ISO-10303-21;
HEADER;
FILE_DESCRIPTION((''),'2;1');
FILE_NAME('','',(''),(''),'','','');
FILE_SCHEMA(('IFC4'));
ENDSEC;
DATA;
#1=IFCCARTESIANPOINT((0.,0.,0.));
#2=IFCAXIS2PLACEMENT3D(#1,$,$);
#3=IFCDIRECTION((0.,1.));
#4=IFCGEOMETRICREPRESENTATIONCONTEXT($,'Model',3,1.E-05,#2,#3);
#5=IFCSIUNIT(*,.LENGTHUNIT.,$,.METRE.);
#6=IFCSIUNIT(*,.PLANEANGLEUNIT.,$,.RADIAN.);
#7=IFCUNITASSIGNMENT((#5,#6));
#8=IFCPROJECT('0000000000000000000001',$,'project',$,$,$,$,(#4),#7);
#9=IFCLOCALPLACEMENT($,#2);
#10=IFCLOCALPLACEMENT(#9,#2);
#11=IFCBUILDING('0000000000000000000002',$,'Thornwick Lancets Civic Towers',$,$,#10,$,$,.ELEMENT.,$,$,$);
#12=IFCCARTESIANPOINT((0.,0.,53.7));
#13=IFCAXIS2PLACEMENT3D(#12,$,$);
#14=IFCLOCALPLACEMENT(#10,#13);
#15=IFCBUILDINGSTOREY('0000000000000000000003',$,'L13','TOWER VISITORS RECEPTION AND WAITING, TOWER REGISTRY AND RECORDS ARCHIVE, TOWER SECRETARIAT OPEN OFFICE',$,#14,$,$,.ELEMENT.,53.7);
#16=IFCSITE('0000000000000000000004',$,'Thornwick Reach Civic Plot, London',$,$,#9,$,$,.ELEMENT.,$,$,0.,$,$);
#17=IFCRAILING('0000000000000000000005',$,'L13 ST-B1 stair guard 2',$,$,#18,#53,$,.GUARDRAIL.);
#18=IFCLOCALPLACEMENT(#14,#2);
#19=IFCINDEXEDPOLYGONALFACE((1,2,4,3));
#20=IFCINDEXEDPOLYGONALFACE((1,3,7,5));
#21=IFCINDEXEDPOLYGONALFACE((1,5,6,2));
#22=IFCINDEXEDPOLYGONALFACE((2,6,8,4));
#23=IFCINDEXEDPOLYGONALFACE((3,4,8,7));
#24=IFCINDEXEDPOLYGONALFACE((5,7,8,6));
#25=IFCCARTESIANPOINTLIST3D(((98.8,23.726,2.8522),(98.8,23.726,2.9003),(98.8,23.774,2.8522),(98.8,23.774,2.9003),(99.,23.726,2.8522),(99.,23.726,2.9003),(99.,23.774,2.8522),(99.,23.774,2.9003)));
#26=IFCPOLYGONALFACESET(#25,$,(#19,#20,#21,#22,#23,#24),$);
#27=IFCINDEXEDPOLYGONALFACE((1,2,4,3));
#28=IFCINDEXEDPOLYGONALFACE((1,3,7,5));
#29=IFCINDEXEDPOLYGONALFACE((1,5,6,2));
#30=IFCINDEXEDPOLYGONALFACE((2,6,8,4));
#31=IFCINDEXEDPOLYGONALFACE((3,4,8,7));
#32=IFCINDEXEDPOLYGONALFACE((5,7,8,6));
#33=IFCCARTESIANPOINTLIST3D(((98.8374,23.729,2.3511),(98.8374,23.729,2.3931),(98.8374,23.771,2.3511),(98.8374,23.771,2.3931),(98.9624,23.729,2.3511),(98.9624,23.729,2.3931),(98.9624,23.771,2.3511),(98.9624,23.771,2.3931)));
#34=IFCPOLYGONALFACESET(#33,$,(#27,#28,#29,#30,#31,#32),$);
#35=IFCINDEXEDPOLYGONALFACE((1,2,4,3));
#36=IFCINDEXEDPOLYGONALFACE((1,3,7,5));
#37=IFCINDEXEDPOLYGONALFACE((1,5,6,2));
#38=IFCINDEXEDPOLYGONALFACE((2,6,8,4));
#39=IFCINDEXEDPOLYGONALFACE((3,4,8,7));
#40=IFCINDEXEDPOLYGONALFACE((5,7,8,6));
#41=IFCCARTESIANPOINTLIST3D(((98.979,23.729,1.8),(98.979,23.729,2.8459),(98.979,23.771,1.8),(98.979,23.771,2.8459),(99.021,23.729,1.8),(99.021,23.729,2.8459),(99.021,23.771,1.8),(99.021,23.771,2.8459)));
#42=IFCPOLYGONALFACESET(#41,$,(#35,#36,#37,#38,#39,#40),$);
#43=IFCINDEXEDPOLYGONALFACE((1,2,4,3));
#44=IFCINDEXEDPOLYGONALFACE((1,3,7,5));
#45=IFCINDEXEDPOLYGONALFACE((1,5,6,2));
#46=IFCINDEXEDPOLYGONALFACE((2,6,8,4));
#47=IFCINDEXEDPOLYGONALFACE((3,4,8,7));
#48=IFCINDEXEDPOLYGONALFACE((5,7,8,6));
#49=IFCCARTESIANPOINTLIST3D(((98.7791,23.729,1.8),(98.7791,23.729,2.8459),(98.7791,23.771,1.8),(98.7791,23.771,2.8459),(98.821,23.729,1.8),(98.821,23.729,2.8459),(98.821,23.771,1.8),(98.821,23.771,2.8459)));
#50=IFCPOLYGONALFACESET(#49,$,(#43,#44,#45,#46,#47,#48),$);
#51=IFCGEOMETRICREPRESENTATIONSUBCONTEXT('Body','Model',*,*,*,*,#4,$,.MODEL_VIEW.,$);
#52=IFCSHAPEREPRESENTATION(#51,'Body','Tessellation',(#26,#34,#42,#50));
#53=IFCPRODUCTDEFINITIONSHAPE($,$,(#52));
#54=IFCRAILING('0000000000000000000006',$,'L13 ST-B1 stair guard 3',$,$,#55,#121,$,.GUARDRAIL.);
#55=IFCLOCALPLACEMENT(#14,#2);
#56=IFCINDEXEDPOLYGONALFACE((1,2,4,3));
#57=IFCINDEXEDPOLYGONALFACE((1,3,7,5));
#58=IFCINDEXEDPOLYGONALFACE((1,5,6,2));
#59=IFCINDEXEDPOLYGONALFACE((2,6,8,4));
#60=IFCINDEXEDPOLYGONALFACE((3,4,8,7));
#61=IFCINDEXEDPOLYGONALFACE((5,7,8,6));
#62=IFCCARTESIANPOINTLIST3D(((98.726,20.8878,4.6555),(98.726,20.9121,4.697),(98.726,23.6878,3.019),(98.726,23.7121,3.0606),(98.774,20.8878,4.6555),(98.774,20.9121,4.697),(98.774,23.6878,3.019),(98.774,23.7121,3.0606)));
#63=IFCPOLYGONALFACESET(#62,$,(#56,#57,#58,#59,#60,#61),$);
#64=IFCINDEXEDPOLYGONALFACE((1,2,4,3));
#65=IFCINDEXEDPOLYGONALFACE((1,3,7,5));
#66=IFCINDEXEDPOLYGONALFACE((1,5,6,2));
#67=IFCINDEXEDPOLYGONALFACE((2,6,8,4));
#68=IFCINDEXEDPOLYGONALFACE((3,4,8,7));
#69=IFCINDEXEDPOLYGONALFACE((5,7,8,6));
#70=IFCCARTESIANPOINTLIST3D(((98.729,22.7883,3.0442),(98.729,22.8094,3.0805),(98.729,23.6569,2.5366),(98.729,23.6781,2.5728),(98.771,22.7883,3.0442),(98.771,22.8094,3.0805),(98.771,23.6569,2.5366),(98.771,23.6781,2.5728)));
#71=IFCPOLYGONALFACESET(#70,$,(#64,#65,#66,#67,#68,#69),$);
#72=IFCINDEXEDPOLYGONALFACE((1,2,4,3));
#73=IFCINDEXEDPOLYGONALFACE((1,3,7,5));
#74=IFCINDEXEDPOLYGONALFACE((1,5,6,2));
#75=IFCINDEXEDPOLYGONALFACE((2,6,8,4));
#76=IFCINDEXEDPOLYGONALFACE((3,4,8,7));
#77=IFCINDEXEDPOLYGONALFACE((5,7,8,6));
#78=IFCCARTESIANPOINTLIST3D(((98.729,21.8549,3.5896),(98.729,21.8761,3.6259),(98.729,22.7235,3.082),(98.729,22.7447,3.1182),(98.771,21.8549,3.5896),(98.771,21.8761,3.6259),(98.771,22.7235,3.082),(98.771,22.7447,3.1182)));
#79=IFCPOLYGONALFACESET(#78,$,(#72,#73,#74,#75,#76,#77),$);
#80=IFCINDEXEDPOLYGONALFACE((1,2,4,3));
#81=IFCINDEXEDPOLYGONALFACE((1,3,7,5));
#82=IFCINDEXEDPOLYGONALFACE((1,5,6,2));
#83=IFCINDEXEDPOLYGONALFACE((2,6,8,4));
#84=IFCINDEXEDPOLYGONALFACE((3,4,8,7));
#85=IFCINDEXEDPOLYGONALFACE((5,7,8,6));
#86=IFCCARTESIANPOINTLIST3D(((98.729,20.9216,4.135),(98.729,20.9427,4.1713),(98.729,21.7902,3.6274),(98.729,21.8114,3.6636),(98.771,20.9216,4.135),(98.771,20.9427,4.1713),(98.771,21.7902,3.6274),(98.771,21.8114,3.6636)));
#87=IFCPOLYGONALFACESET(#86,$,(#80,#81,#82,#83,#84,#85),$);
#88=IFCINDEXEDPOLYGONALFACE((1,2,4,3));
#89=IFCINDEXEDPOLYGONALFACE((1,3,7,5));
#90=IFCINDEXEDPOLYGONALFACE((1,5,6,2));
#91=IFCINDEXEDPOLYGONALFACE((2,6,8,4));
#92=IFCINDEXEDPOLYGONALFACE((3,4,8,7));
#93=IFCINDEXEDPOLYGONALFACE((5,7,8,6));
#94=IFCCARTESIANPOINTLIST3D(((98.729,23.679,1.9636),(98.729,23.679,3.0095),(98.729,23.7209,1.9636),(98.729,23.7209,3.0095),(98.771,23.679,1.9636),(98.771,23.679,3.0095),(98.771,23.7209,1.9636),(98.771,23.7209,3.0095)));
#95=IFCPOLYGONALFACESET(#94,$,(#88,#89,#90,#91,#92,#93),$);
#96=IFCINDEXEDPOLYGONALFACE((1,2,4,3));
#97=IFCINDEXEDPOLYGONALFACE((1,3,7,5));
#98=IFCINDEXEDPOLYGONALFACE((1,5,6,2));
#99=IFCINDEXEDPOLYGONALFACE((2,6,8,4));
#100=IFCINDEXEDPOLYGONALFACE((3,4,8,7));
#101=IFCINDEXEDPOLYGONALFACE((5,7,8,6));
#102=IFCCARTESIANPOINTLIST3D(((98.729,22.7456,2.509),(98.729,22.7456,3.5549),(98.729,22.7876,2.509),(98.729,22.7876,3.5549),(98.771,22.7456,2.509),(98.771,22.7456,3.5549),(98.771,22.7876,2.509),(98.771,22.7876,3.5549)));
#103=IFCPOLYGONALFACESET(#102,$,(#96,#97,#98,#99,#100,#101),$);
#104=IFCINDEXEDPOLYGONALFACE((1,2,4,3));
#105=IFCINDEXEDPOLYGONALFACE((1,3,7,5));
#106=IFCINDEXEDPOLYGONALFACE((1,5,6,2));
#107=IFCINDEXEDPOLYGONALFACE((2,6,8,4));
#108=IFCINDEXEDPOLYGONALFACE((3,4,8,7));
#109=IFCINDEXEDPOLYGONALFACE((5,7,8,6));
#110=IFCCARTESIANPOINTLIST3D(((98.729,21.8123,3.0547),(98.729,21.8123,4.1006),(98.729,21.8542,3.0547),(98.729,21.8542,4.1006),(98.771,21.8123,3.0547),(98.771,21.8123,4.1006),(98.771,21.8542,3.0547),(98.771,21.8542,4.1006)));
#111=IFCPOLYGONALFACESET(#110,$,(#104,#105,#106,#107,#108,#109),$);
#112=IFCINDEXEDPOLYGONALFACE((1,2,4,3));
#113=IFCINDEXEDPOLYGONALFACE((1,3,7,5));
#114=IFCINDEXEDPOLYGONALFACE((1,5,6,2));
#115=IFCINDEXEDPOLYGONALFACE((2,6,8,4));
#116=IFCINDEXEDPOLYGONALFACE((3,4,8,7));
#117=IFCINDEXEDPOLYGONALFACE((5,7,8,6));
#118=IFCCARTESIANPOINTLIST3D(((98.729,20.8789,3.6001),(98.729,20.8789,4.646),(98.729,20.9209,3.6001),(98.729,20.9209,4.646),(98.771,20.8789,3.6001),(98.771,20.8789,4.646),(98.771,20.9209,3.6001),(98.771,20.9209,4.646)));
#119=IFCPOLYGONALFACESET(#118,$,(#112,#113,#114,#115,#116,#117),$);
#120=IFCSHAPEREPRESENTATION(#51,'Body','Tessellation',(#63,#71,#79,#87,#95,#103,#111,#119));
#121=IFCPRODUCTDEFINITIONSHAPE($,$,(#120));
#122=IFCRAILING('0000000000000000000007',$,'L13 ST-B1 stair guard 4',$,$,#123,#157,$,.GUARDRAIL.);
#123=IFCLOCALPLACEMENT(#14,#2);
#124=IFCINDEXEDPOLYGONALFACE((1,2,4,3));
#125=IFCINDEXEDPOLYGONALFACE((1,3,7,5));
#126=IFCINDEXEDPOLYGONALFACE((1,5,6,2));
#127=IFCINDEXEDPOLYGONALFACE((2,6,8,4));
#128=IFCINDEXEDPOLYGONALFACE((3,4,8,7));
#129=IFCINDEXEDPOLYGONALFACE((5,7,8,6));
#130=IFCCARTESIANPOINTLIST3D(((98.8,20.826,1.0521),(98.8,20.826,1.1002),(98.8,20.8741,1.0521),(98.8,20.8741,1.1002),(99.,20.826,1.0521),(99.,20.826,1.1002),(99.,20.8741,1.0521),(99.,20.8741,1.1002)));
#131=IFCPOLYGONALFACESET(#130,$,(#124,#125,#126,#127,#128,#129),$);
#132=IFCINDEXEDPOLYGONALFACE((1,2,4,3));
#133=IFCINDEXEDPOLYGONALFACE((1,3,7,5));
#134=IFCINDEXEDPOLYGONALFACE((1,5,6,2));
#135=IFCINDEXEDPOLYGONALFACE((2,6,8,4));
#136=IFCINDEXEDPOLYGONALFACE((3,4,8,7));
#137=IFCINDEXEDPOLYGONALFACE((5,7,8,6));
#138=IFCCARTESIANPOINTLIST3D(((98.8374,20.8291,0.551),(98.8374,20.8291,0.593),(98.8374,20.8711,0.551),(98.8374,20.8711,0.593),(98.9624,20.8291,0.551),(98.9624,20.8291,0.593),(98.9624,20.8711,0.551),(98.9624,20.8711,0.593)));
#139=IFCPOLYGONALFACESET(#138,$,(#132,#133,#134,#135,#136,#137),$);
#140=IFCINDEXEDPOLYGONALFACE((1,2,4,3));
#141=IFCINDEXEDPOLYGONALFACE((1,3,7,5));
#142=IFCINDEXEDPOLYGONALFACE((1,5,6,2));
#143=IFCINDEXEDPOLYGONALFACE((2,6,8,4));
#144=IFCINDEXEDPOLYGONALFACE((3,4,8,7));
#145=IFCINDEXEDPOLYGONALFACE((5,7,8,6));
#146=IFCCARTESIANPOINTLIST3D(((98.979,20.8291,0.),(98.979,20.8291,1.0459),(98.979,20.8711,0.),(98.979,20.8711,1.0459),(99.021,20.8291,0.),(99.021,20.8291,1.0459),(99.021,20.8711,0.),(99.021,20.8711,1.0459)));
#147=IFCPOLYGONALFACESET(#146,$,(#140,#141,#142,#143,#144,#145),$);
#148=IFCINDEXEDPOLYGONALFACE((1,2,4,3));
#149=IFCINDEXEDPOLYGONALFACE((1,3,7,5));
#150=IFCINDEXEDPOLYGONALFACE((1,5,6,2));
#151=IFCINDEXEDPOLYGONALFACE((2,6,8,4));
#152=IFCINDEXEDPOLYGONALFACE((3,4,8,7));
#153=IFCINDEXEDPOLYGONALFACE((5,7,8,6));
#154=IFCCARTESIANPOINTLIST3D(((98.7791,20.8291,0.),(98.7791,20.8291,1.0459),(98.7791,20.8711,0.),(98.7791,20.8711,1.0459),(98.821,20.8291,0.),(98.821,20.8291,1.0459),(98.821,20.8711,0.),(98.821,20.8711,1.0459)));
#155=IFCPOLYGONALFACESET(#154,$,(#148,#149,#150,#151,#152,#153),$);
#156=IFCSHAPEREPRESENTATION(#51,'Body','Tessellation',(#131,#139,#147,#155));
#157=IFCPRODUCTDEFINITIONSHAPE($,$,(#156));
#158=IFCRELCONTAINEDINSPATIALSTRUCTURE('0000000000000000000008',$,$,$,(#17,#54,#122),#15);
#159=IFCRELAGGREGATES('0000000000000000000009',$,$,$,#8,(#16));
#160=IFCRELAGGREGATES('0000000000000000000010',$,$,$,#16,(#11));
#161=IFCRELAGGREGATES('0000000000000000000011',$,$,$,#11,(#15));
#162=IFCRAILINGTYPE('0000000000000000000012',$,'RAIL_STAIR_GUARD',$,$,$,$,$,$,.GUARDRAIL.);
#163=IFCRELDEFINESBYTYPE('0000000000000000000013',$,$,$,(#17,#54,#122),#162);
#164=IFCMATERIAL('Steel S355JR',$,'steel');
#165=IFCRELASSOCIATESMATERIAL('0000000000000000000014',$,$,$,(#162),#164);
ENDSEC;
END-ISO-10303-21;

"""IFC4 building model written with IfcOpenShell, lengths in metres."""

from ifc_helpers import new_model, si_unit, direction, frame, origin, origin_2d, place, context, subcontext, project, spatial, rectangle, extrude, material, type_object, element, save


model = new_model("IFC4")

# Units and contexts
model_context = context("Model", 3, precision=1e-05, world=origin(), true_north=direction((0.0, 1.0)))
body_context = subcontext(model_context, "Body", "Model", "MODEL_VIEW")
ifc_project = project(units=[si_unit("LENGTHUNIT", "METRE"), si_unit("PLANEANGLEUNIT", "RADIAN")], contexts=[model_context])

# Site, building, storey
site_placement = place(None, origin())
site = spatial("IfcSite", under=ifc_project, at=site_placement, Name="Thornwick Reach Civic Plot, London", CompositionType="ELEMENT", RefElevation=0.0)
building_placement = place(site_placement, origin())
building = spatial("IfcBuilding", under=site, at=building_placement, Name="Thornwick Lancets Civic Towers", CompositionType="ELEMENT")
storey_placement = place(building_placement, frame((0.0, 0.0, 53.7)))
storey = spatial("IfcBuildingStorey", under=building, at=storey_placement, Name="L13", Description="TOWER VISITORS RECEPTION AND WAITING, TOWER REGISTRY AND RECORDS ARCHIVE, TOWER SECRETARIAT OPEN OFFICE", CompositionType="ELEMENT", Elevation=53.7)

# Railings
ifc_material_1 = material(Name="Steel S355JR", Category="steel")
railing_type_1 = type_object("IfcRailingType", Name="RAIL_STAIR_GUARD", PredefinedType="GUARDRAIL", material=ifc_material_1)
railing_1_placement = place(storey_placement, frame((99.0, 23.75, 1.8)))
element("IfcRailing", 1, at=railing_1_placement, inside=storey, type_object=railing_type_1, Name="L13 ST-B1 stair guard 2", PredefinedType="GUARDRAIL", context=body_context, shape_type="SweptSolid", body=[
    extrude(rectangle(XDim=0.0481, YDim=0.0481, at=origin_2d()), frame((0.0, 0.0, 1.0762), z_axis=(-1.0, 0.0, 0.0), x_axis=(0.0, -1.0, 0.0)), (0.0, 0.0, 1.0), 0.2),
    extrude(rectangle(XDim=0.042, YDim=0.042, at=origin_2d()), frame((-0.0376, 0.0, 0.572), z_axis=(-1.0, 0.0, 0.0), x_axis=(0.0, -1.0, 0.0)), (0.0, 0.0, 1.0), 0.125),
    extrude(rectangle(XDim=0.042, YDim=0.042, at=origin_2d()), origin(), (0.0, 0.0, 1.0), 1.0459),
    extrude(rectangle(XDim=0.042, YDim=0.042, at=origin_2d()), frame((-0.2, 0.0, 0.0)), (0.0, 0.0, 1.0), 1.0459),
])
railing_2_placement = place(storey_placement, frame((98.75, 23.7, 1.9636)))
element("IfcRailing", 2, at=railing_2_placement, inside=storey, type_object=railing_type_1, Name="L13 ST-B1 stair guard 3", PredefinedType="GUARDRAIL", context=body_context, shape_type="SweptSolid", body=[
    extrude(rectangle(XDim=0.0481, YDim=0.0481, at=origin_2d()), frame((0.0, 0.0, 1.0762), z_axis=(0.0, -0.863361, 0.504587), x_axis=(1.0, 0.0, 0.0)), (0.0, 0.0, 1.0), 3.2432),
    extrude(rectangle(XDim=0.042, YDim=0.042, at=origin_2d()), frame((0.0, -0.0325, 0.5911), z_axis=(0.0, -0.863361, 0.504587), x_axis=(1.0, 0.0, 0.0)), (0.0, 0.0, 1.0), 1.0061),
    extrude(rectangle(XDim=0.042, YDim=0.042, at=origin_2d()), frame((0.0, -0.9658, 1.1365), z_axis=(0.0, -0.863361, 0.504587), x_axis=(1.0, 0.0, 0.0)), (0.0, 0.0, 1.0), 1.0061),
    extrude(rectangle(XDim=0.042, YDim=0.042, at=origin_2d()), frame((0.0, -1.8992, 1.6819), z_axis=(0.0, -0.863361, 0.504587), x_axis=(1.0, 0.0, 0.0)), (0.0, 0.0, 1.0), 1.0061),
    extrude(rectangle(XDim=0.042, YDim=0.042, at=origin_2d()), origin(), (0.0, 0.0, 1.0), 1.0459),
    extrude(rectangle(XDim=0.042, YDim=0.042, at=origin_2d()), frame((0.0, -0.9333, 0.5454)), (0.0, 0.0, 1.0), 1.0459),
    extrude(rectangle(XDim=0.042, YDim=0.042, at=origin_2d()), frame((0.0, -1.8667, 1.0911)), (0.0, 0.0, 1.0), 1.0459),
    extrude(rectangle(XDim=0.042, YDim=0.042, at=origin_2d()), frame((0.0, -2.8, 1.6365)), (0.0, 0.0, 1.0), 1.0459),
])
railing_3_placement = place(storey_placement, frame((99.0, 20.8501, 0.0)))
element("IfcRailing", 3, at=railing_3_placement, inside=storey, type_object=railing_type_1, Name="L13 ST-B1 stair guard 4", PredefinedType="GUARDRAIL", context=body_context, shape_type="SweptSolid", body=[
    extrude(rectangle(XDim=0.0481, YDim=0.0481, at=origin_2d()), frame((0.0, 0.0, 1.0762), z_axis=(-1.0, 0.0, 0.0), x_axis=(0.0, -1.0, 0.0)), (0.0, 0.0, 1.0), 0.2),
    extrude(rectangle(XDim=0.042, YDim=0.042, at=origin_2d()), frame((-0.0376, 0.0, 0.572), z_axis=(-1.0, 0.0, 0.0), x_axis=(0.0, -1.0, 0.0)), (0.0, 0.0, 1.0), 0.125),
    extrude(rectangle(XDim=0.042, YDim=0.042, at=origin_2d()), origin(), (0.0, 0.0, 1.0), 1.0459),
    extrude(rectangle(XDim=0.042, YDim=0.042, at=origin_2d()), frame((-0.2, 0.0, 0.0)), (0.0, 0.0, 1.0), 1.0459),
])

save(model, "model.ifc")
